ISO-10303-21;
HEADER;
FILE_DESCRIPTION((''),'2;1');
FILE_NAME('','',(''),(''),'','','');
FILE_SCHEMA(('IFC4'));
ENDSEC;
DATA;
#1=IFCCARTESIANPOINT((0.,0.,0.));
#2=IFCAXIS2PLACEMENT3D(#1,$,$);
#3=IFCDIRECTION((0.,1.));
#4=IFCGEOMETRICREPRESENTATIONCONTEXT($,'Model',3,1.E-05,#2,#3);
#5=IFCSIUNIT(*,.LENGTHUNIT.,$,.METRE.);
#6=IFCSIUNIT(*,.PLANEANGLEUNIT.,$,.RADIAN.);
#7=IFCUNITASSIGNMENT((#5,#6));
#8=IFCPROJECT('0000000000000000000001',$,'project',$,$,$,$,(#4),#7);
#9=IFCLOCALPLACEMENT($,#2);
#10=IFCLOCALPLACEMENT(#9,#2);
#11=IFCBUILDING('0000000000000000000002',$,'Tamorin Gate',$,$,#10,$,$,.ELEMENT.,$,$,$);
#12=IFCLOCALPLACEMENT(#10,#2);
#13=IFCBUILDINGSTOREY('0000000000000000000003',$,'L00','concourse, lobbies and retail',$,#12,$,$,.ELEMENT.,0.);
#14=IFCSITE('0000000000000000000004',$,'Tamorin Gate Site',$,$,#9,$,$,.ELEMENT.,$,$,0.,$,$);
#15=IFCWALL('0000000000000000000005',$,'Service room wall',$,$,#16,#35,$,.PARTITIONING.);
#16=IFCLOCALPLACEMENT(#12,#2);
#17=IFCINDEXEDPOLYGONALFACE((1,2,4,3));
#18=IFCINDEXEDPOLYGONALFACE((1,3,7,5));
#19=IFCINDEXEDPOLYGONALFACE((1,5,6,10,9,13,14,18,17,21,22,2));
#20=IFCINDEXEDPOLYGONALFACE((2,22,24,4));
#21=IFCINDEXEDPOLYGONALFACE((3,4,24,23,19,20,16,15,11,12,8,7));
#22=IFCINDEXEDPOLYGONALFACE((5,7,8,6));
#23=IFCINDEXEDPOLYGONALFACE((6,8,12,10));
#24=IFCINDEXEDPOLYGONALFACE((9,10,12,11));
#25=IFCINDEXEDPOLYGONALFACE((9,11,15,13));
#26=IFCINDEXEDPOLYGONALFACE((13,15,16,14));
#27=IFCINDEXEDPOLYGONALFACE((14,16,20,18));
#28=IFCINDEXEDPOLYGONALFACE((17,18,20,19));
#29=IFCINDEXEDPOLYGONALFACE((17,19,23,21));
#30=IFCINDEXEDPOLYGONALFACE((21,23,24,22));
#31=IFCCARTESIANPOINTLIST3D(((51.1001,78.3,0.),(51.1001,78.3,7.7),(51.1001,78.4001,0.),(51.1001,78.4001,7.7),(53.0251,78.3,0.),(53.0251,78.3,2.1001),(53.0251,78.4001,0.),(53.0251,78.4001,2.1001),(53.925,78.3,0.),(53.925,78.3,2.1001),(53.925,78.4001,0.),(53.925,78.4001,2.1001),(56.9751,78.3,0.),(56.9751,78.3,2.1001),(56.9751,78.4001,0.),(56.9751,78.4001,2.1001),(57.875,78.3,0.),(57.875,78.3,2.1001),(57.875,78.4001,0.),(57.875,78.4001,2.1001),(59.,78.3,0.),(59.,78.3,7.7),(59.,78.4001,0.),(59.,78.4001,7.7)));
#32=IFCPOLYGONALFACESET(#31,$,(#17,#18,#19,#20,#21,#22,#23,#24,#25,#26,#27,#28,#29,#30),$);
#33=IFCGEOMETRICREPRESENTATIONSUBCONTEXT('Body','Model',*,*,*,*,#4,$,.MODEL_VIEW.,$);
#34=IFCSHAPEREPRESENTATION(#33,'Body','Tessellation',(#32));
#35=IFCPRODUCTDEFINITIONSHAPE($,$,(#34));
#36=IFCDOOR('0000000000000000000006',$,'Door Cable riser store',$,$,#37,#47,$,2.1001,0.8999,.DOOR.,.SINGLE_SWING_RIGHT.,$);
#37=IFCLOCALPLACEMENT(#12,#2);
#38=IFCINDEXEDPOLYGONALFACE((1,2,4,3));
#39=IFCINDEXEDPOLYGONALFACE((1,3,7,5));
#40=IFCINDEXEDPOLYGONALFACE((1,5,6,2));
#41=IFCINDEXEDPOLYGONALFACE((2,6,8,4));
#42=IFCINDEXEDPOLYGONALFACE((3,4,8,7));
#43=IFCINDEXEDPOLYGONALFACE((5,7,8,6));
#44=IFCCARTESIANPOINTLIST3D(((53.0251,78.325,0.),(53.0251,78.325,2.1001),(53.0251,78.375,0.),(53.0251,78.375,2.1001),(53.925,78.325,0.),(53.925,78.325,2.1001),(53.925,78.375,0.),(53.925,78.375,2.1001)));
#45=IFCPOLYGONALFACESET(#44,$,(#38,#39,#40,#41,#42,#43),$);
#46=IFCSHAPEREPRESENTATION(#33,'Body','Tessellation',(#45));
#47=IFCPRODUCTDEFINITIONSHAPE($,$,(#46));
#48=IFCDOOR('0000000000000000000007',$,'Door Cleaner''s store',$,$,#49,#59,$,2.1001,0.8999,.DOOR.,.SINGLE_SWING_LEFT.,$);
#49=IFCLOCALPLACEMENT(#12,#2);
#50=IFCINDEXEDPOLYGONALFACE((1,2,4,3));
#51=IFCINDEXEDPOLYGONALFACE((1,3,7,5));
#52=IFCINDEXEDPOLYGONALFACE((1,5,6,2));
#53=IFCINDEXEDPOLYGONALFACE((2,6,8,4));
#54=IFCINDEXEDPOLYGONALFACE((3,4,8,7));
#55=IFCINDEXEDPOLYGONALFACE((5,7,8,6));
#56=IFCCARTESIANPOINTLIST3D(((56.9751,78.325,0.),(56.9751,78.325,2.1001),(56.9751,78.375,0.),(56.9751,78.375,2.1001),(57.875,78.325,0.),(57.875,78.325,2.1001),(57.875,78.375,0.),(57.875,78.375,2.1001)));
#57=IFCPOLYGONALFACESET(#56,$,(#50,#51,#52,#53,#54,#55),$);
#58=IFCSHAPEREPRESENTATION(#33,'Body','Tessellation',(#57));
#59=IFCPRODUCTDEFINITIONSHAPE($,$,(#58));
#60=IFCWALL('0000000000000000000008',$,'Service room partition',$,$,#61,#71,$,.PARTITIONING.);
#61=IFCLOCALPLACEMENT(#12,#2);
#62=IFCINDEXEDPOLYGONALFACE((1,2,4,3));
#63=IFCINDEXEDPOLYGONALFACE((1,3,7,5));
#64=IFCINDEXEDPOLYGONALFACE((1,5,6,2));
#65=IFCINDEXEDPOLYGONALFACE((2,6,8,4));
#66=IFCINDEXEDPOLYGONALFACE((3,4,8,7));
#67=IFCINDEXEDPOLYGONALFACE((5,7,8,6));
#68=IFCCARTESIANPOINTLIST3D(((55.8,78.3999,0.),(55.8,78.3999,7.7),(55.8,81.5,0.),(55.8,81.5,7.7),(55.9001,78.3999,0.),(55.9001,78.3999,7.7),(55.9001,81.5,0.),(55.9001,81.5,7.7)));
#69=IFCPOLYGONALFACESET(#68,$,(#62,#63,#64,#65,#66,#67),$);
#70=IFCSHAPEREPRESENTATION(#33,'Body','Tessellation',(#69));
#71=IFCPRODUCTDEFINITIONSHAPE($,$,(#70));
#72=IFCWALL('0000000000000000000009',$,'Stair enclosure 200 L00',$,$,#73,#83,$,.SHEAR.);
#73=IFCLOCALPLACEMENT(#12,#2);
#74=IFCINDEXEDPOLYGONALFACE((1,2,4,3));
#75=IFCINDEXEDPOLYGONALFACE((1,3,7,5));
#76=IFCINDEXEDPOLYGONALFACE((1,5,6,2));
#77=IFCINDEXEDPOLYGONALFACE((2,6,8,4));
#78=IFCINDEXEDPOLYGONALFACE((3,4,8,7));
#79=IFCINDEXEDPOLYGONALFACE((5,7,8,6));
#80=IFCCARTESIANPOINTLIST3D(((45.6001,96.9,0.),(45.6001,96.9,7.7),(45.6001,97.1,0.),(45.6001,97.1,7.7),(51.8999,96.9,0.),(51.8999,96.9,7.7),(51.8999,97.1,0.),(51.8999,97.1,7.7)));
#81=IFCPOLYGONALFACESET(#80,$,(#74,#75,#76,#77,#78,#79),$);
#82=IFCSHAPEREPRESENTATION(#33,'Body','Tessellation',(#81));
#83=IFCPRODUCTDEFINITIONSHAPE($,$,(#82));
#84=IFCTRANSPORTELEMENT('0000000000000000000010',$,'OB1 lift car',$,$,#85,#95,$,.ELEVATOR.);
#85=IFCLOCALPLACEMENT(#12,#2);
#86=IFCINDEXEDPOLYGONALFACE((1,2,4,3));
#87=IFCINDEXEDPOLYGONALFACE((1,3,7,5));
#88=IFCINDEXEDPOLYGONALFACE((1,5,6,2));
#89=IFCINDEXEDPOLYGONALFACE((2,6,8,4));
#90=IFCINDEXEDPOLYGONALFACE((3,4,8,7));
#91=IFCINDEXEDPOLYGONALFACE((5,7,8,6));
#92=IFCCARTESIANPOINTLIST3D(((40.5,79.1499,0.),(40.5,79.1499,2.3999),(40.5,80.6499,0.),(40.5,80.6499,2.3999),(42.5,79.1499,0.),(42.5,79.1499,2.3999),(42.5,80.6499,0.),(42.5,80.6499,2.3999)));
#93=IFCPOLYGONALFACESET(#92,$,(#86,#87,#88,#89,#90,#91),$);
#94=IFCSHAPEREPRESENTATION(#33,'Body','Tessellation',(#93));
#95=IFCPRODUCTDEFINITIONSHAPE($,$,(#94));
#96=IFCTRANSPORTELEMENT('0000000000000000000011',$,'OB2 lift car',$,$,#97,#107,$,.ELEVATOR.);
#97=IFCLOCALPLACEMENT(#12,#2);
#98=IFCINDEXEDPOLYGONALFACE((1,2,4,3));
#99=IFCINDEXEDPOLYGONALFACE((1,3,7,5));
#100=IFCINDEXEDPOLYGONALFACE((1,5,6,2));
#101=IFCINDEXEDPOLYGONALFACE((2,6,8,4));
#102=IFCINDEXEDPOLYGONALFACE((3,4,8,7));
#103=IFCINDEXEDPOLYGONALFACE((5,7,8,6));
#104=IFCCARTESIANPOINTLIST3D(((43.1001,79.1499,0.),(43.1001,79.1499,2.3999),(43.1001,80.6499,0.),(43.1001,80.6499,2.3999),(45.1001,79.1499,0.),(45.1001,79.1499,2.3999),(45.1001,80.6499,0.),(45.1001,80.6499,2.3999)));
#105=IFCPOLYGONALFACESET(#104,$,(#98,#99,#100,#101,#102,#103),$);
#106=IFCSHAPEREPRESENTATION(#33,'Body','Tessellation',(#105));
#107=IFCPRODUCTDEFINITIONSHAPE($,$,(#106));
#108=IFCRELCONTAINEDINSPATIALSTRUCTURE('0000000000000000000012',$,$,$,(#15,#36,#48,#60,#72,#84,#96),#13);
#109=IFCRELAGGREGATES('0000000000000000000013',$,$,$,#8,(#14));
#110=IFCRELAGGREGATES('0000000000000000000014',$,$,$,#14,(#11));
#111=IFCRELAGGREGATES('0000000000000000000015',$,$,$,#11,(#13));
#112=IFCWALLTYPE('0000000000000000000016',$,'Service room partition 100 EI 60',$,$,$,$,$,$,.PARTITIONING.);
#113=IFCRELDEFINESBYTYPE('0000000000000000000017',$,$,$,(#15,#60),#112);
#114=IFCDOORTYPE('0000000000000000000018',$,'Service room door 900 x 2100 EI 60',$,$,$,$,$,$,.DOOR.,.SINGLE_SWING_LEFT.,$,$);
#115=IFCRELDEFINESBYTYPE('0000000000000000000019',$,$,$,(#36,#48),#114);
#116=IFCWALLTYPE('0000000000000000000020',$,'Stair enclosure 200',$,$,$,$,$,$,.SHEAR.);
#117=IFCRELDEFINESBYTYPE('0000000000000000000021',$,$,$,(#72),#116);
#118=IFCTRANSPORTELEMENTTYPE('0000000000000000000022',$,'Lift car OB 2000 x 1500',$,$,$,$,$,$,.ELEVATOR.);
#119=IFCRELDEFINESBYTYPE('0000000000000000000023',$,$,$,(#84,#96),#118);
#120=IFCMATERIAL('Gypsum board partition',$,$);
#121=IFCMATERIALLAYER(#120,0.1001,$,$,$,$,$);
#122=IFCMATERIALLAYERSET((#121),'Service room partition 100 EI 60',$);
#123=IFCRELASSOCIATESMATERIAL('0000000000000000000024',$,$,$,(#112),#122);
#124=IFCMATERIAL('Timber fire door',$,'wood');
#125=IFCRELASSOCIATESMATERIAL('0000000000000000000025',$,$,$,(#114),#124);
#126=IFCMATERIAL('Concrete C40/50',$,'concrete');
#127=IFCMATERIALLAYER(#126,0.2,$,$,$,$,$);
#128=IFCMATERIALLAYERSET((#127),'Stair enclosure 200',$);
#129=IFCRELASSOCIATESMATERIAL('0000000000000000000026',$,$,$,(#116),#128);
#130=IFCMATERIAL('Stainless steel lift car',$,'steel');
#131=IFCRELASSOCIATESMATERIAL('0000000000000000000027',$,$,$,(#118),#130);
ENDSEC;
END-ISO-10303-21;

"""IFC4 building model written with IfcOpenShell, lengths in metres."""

from ifc_helpers import new_model, si_unit, direction, frame, frame_2d, origin, origin_2d, place, context, subcontext, project, spatial, rectangle, extrude, material, layer, layer_set, type_object, element, fill, save


model = new_model("IFC4")

# Units and contexts
model_context = context("Model", 3, precision=1e-05, world=origin(), true_north=direction((0.0, 1.0)))
body_context = subcontext(model_context, "Body", "Model", "MODEL_VIEW")
ifc_project = project(units=[si_unit("LENGTHUNIT", "METRE"), si_unit("PLANEANGLEUNIT", "RADIAN")], contexts=[model_context])

# Site, building, storey
site_placement = place(None, origin())
site = spatial("IfcSite", under=ifc_project, at=site_placement, Name="Tamorin Gate Site", CompositionType="ELEMENT", RefElevation=0.0)
building_placement = place(site_placement, origin())
building = spatial("IfcBuilding", under=site, at=building_placement, Name="Tamorin Gate", CompositionType="ELEMENT")
storey_placement = place(building_placement, origin())
storey = spatial("IfcBuildingStorey", under=building, at=storey_placement, Name="L00", Description="concourse, lobbies and retail", CompositionType="ELEMENT", Elevation=0.0)

# Wall, openings, doors
ifc_material_1 = material(Name="Gypsum board partition")
ifc_layer_1 = layer(ifc_material_1, 0.1001)
ifc_layer_set_1 = layer_set([ifc_layer_1], Name="Service room partition 100 EI 60")
wall_type_1 = type_object("IfcWallType", Name="Service room partition 100 EI 60", PredefinedType="PARTITIONING", material=ifc_layer_set_1)
wall_1_placement = place(storey_placement, frame((51.1001, 78.3501, 0.0), z_axis=(0.0, 0.0, 1.0), x_axis=(1.0, 0.0, 0.0)))
wall_1 = element("IfcWall", 1, at=wall_1_placement, inside=storey, type_object=wall_type_1, Name="Service room wall", PredefinedType="PARTITIONING", context=body_context, shape_type="SweptSolid", body=[
    extrude(rectangle(XDim=7.8999, YDim=0.1001, at=frame_2d((3.95, 0.0))), origin(), (0.0, 0.0, 1.0), 7.7),
])
opening_1_placement = place(wall_1_placement, frame((1.925, 0.0, 0.0)))
opening_1 = element("IfcOpeningElement", 2, at=opening_1_placement, cuts=wall_1, PredefinedType="OPENING", context=body_context, shape_type="SweptSolid", body=[
    extrude(rectangle(XDim=0.8999, YDim=2.1001, at=frame_2d((0.45, 1.05))), frame((0.0, 0.0601, 0.0), z_axis=(0.0, -1.0, 0.0), x_axis=(1.0, 0.0, 0.0)), (0.0, 0.0, 1.0), 0.1201),
])
opening_2_placement = place(wall_1_placement, frame((5.875, 0.0, 0.0)))
opening_2 = element("IfcOpeningElement", 3, at=opening_2_placement, cuts=wall_1, PredefinedType="OPENING", context=body_context, shape_type="SweptSolid", body=[
    extrude(rectangle(XDim=0.8999, YDim=2.1001, at=frame_2d((0.45, 1.05))), frame((0.0, 0.0601, 0.0), z_axis=(0.0, -1.0, 0.0), x_axis=(1.0, 0.0, 0.0)), (0.0, 0.0, 1.0), 0.1201),
])
ifc_material_2 = material(Name="Timber fire door", Category="wood")
door_type_1 = type_object("IfcDoorType", Name="Service room door 900 x 2100 EI 60", OperationType="SINGLE_SWING_LEFT", PredefinedType="DOOR", material=ifc_material_2)
door_1_placement = place(opening_1_placement, origin())
door_1 = element("IfcDoor", 4, at=door_1_placement, inside=storey, type_object=door_type_1, Name="Door Cable riser store", OperationType="SINGLE_SWING_RIGHT", OverallHeight=2.1001, OverallWidth=0.8999, PredefinedType="DOOR", context=body_context, shape_type="SweptSolid", body=[
    extrude(rectangle(XDim=0.8999, YDim=2.1001, at=frame_2d((0.45, 1.05))), frame((0.0, 0.0249, 0.0), z_axis=(0.0, -1.0, 0.0), x_axis=(1.0, 0.0, 0.0)), (0.0, 0.0, 1.0), 0.05),
])
fill(opening_1, door_1)
door_2_placement = place(opening_2_placement, origin())
door_2 = element("IfcDoor", 5, at=door_2_placement, inside=storey, type_object=door_type_1, Name="Door Cleaner's store", OperationType="SINGLE_SWING_LEFT", OverallHeight=2.1001, OverallWidth=0.8999, PredefinedType="DOOR", context=body_context, shape_type="SweptSolid", body=[
    extrude(rectangle(XDim=0.8999, YDim=2.1001, at=frame_2d((0.45, 1.05))), frame((0.0, 0.0249, 0.0), z_axis=(0.0, -1.0, 0.0), x_axis=(1.0, 0.0, 0.0)), (0.0, 0.0, 1.0), 0.05),
])
fill(opening_2, door_2)

# Walls
wall_2_placement = place(storey_placement, frame((55.8501, 78.3999, 0.0), z_axis=(0.0, 0.0, 1.0), x_axis=(0.0, 1.0, 0.0)))
element("IfcWall", 6, at=wall_2_placement, inside=storey, type_object=wall_type_1, Name="Service room partition", PredefinedType="PARTITIONING", context=body_context, shape_type="SweptSolid", body=[
    extrude(rectangle(XDim=3.1001, YDim=0.1001, at=frame_2d((1.55, 0.0))), origin(), (0.0, 0.0, 1.0), 7.7),
])
ifc_material_3 = material(Name="Concrete C40/50", Category="concrete")
ifc_layer_2 = layer(ifc_material_3, 0.2)
ifc_layer_set_2 = layer_set([ifc_layer_2], Name="Stair enclosure 200")
wall_type_2 = type_object("IfcWallType", Name="Stair enclosure 200", PredefinedType="SHEAR", material=ifc_layer_set_2)
wall_3_placement = place(storey_placement, frame((45.6001, 97.0, 0.0), z_axis=(0.0, 0.0, 1.0), x_axis=(1.0, 0.0, 0.0)))
element("IfcWall", 7, at=wall_3_placement, inside=storey, type_object=wall_type_2, Name="Stair enclosure 200 L00", PredefinedType="SHEAR", context=body_context, shape_type="SweptSolid", body=[
    extrude(rectangle(XDim=6.2998, YDim=0.2, at=frame_2d((3.1499, 0.0))), origin(), (0.0, 0.0, 1.0), 7.7),
])

# Transport elements
ifc_material_4 = material(Name="Stainless steel lift car", Category="steel")
transport_element_type = type_object("IfcTransportElementType", Name="Lift car OB 2000 x 1500", PredefinedType="ELEVATOR", material=ifc_material_4)
for number, where, z_axis, x_axis, name in (
    (8, (41.5, 79.8999, 0.0), (0.0, 0.0, 1.0), (1.0, 0.0, 0.0), "OB1 lift car"),
    (9, (44.1001, 79.8999, 0.0), (0.0, 0.0, 1.0), (1.0, 0.0, 0.0), "OB2 lift car"),
):
    element("IfcTransportElement", number, at=place(storey_placement, frame(where, z_axis=z_axis, x_axis=x_axis)), inside=storey, type_object=transport_element_type, Name=name, PredefinedType="ELEVATOR", context=body_context, shape_type="SweptSolid", body=[
        extrude(rectangle(XDim=2.0, YDim=1.5, at=origin_2d()), origin(), (0.0, 0.0, 1.0), 2.3999),
    ])

save(model, "model.ifc")
